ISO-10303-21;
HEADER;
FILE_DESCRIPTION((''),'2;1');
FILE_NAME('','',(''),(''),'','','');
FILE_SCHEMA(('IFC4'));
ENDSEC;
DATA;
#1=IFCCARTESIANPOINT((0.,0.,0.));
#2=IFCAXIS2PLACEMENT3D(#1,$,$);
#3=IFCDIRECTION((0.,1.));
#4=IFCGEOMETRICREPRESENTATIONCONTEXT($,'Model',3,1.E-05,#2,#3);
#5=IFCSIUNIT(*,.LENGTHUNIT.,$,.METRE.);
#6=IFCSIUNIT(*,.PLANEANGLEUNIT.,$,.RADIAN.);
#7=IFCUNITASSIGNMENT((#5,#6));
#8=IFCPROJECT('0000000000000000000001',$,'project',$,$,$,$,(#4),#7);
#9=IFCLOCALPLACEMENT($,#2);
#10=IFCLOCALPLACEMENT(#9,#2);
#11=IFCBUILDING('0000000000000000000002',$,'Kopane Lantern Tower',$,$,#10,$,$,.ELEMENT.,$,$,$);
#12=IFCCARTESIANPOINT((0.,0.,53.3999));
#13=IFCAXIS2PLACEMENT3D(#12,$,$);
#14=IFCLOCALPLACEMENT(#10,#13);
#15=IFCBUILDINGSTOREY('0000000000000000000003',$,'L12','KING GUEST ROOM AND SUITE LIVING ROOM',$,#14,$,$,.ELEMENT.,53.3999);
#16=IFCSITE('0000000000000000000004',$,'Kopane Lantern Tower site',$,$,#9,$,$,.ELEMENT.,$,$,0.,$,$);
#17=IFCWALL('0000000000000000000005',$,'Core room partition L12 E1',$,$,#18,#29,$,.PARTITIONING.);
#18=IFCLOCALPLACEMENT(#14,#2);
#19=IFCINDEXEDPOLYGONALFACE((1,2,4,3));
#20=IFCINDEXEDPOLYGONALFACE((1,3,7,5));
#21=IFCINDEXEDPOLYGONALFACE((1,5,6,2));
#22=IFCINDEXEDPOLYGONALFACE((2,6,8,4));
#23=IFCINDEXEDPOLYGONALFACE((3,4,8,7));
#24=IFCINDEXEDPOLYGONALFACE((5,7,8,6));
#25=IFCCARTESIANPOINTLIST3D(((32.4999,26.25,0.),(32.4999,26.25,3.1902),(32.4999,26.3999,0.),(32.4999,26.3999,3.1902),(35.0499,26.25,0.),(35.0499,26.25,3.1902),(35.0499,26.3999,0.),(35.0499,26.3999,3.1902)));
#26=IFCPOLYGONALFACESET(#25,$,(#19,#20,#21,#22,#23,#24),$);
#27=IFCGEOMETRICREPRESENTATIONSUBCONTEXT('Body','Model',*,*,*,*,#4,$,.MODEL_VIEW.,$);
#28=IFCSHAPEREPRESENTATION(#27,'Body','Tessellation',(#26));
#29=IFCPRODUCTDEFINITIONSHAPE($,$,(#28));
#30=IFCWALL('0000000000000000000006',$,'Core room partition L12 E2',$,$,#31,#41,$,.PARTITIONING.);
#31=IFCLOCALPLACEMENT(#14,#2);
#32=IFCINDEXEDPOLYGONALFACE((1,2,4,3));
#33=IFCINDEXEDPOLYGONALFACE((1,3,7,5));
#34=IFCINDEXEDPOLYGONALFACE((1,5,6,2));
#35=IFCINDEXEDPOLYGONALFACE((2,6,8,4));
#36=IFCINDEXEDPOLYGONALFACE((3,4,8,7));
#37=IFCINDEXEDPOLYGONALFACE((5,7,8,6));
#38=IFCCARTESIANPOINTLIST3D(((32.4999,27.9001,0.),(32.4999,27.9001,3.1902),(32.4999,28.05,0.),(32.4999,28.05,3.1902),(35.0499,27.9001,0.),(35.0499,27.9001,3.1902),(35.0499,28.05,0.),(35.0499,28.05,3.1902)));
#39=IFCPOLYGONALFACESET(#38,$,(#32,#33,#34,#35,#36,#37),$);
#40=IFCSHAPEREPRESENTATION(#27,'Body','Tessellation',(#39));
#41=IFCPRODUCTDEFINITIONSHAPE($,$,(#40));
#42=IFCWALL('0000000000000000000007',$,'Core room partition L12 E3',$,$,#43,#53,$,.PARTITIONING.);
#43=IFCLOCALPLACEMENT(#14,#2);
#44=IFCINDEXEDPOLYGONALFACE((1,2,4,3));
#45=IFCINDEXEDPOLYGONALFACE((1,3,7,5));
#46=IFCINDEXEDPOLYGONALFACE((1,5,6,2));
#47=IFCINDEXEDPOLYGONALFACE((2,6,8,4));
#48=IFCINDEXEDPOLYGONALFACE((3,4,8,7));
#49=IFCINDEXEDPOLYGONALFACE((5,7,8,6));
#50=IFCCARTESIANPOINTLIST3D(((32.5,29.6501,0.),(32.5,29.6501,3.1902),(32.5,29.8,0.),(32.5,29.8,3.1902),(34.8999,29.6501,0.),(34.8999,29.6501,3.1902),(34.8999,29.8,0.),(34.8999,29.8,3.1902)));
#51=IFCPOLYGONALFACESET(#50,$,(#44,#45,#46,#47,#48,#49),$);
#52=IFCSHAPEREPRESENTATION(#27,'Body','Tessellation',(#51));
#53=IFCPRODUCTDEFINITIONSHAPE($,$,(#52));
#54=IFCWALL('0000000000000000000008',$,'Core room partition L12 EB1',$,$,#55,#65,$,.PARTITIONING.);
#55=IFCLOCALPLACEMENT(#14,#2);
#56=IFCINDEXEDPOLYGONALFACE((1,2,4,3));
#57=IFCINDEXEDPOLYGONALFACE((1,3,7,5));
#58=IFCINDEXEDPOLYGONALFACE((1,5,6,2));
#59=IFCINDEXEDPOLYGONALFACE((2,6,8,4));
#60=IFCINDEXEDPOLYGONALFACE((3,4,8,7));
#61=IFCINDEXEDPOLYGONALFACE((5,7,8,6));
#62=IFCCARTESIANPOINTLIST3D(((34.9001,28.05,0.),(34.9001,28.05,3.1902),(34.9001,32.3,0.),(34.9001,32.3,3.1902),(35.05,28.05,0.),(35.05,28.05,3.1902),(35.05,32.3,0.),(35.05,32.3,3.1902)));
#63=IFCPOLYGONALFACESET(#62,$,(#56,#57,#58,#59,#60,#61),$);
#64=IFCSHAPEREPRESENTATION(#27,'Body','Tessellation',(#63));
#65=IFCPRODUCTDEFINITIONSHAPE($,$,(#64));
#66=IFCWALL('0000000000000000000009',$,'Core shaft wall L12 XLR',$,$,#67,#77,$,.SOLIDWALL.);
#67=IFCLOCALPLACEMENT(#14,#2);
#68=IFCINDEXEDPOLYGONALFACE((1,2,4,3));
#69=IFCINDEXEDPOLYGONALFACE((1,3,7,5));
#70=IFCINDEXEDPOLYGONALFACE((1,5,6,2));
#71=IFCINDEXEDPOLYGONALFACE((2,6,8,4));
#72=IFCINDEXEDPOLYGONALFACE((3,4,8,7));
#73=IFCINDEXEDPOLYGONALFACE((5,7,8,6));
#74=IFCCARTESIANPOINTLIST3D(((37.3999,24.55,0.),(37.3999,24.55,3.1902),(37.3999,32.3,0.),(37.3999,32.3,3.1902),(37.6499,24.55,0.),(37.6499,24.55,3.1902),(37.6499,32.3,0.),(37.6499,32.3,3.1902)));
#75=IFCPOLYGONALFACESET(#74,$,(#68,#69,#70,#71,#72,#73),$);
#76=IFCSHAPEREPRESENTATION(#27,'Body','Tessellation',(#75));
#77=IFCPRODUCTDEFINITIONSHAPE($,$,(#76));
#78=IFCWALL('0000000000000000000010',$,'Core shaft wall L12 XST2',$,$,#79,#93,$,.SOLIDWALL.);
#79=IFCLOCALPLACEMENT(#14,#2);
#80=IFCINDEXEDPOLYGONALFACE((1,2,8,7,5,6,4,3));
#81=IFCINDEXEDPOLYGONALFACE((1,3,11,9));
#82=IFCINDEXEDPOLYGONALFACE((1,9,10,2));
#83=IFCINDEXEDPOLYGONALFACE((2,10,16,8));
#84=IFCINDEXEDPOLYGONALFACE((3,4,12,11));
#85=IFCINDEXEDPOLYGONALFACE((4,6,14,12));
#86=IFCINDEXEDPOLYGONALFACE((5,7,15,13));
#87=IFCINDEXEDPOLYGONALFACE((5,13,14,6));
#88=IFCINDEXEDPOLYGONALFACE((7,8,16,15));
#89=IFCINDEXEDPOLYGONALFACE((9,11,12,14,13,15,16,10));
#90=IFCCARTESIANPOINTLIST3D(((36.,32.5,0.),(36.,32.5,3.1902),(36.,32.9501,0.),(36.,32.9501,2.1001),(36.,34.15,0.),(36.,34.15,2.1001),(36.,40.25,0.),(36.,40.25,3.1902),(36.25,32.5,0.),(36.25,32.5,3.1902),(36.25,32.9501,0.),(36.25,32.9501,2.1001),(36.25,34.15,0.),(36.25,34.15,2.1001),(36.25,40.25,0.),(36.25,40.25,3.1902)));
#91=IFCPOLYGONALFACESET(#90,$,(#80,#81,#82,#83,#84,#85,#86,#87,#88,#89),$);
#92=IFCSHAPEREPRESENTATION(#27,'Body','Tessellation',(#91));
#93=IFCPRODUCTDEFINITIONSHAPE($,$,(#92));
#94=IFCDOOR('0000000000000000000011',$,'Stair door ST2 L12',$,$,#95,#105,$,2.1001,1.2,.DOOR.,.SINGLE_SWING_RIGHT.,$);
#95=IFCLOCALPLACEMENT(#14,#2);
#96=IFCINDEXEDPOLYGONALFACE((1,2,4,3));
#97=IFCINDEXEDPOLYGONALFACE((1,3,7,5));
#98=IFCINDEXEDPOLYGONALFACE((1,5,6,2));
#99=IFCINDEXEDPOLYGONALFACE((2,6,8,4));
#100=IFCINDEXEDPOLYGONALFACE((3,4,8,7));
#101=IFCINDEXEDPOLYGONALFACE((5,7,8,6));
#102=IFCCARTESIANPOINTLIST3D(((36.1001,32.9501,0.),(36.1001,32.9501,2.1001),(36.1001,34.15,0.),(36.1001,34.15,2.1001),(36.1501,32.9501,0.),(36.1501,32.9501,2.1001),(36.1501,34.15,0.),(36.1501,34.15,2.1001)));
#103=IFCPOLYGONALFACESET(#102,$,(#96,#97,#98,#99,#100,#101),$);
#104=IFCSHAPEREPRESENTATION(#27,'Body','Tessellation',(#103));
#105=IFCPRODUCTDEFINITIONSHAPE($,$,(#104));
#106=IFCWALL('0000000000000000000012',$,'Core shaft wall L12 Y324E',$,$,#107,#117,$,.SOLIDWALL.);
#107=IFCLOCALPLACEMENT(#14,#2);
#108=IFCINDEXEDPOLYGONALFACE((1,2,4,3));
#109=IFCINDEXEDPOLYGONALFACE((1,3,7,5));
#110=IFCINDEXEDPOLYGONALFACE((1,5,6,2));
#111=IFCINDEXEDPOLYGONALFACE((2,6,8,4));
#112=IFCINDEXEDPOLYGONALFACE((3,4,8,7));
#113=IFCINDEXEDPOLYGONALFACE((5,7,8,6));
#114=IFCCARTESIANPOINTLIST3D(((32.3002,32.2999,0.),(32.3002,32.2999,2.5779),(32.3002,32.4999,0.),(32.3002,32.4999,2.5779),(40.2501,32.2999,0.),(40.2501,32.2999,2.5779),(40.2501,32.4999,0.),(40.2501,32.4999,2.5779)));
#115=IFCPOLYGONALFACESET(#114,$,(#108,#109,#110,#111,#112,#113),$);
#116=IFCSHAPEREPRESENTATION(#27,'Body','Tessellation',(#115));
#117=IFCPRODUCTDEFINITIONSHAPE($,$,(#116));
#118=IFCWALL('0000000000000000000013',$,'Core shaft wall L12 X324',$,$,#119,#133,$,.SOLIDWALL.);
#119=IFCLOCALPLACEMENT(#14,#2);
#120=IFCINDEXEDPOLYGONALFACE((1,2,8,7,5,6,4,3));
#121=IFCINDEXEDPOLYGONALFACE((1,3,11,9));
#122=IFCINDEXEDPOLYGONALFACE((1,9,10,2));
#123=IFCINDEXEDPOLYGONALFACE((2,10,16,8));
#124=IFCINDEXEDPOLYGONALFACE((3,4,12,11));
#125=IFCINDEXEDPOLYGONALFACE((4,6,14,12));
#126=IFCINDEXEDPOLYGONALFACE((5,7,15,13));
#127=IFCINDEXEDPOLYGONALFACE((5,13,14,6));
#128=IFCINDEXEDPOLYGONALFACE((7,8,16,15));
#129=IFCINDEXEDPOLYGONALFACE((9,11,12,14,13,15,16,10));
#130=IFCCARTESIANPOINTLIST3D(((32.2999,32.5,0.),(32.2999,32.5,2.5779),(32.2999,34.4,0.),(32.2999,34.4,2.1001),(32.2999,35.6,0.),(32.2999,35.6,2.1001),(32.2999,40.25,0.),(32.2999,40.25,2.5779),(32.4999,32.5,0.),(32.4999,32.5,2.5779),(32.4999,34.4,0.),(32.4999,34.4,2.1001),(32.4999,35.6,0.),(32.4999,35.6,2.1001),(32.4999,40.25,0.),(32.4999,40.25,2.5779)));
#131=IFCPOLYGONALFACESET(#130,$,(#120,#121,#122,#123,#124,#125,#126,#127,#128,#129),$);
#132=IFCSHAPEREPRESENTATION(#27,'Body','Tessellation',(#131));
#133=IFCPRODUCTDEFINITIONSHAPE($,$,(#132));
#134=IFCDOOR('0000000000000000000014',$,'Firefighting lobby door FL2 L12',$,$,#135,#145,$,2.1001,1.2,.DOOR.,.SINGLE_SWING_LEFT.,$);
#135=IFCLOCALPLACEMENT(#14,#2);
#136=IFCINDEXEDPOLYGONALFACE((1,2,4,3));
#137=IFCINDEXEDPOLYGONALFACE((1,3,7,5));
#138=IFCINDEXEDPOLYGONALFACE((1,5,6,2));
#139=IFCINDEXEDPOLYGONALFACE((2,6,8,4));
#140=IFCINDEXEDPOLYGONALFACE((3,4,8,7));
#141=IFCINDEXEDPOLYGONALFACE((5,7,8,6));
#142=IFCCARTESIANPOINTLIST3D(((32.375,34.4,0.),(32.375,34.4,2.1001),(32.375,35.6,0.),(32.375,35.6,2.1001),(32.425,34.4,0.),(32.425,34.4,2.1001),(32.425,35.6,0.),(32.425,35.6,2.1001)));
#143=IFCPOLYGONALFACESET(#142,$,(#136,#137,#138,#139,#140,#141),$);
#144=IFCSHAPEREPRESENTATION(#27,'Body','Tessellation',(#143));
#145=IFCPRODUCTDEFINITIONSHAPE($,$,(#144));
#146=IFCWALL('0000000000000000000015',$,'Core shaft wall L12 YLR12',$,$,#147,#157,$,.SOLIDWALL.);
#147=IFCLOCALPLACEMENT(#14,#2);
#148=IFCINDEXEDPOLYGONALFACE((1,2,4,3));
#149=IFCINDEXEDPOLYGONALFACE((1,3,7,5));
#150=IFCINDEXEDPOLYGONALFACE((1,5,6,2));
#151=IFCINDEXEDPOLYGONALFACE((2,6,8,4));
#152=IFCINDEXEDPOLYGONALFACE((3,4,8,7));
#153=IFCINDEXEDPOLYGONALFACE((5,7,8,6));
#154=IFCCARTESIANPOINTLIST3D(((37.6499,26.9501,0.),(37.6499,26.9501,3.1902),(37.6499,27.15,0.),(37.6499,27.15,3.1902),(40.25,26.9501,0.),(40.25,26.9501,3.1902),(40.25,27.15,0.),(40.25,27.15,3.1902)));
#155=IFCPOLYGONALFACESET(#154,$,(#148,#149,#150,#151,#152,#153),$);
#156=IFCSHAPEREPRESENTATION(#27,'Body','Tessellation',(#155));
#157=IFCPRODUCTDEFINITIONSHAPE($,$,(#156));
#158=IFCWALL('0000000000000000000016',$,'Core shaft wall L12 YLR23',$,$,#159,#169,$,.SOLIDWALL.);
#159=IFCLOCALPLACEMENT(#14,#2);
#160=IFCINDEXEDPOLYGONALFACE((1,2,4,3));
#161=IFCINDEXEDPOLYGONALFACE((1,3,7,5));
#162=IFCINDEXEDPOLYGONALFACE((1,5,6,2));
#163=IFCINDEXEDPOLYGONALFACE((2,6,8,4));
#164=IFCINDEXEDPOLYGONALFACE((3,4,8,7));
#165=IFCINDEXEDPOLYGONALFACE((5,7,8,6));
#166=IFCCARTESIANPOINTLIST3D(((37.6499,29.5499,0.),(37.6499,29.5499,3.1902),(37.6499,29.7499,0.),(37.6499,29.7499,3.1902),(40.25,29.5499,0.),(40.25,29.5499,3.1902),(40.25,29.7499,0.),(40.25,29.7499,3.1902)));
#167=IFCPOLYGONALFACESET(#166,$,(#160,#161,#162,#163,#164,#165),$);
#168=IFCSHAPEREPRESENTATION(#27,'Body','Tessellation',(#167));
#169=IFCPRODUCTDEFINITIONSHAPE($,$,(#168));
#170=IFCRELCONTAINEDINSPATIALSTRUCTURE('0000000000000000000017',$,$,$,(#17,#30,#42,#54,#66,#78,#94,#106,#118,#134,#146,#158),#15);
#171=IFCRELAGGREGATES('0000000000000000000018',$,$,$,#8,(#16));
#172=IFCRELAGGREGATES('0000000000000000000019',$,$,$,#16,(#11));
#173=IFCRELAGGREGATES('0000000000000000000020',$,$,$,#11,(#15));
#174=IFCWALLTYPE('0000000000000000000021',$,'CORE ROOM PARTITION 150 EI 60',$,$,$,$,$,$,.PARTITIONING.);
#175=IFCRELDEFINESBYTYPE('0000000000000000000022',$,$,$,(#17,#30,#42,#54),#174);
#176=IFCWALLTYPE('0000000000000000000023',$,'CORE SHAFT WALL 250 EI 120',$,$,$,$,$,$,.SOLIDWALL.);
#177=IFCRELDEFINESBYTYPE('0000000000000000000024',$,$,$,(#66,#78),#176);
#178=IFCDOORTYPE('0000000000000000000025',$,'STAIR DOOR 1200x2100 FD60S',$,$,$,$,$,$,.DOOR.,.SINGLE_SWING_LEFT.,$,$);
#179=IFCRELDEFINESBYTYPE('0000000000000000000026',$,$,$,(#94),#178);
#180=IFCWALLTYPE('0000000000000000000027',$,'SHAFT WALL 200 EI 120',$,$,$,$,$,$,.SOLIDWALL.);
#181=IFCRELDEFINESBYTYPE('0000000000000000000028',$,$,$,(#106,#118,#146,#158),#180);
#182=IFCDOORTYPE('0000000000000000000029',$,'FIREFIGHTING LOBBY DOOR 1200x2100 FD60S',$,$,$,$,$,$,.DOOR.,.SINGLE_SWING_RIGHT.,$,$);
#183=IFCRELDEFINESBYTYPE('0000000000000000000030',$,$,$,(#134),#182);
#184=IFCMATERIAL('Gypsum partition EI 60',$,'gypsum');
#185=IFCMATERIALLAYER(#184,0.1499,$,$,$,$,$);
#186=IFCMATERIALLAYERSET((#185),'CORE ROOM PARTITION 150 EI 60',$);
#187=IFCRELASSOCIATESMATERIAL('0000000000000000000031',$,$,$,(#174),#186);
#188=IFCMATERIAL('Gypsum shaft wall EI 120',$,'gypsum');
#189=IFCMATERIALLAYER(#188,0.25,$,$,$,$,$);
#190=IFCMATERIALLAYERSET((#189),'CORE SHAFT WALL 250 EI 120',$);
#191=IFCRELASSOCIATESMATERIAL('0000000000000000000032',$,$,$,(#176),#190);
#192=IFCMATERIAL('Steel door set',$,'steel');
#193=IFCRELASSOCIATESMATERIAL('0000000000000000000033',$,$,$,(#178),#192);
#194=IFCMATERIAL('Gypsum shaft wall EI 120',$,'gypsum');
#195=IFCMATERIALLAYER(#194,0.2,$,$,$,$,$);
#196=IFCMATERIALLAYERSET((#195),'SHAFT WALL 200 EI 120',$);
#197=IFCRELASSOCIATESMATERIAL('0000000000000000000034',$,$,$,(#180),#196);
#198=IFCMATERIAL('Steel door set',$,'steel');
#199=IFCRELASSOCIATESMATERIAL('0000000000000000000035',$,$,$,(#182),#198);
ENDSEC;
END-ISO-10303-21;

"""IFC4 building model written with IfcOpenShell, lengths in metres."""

from ifc_helpers import new_model, si_unit, direction, frame, frame_2d, origin, place, context, subcontext, project, spatial, rectangle, extrude, material, layer, layer_set, type_object, element, fill, save


model = new_model("IFC4")

# Units and contexts
model_context = context("Model", 3, precision=1e-05, world=origin(), true_north=direction((0.0, 1.0)))
body_context = subcontext(model_context, "Body", "Model", "MODEL_VIEW")
ifc_project = project(units=[si_unit("LENGTHUNIT", "METRE"), si_unit("PLANEANGLEUNIT", "RADIAN")], contexts=[model_context])

# Site, building, storey
site_placement = place(None, origin())
site = spatial("IfcSite", under=ifc_project, at=site_placement, Name="Kopane Lantern Tower site", CompositionType="ELEMENT", RefElevation=0.0)
building_placement = place(site_placement, origin())
building = spatial("IfcBuilding", under=site, at=building_placement, Name="Kopane Lantern Tower", CompositionType="ELEMENT")
storey_placement = place(building_placement, frame((0.0, 0.0, 53.3999)))
storey = spatial("IfcBuildingStorey", under=building, at=storey_placement, Name="L12", Description="KING GUEST ROOM AND SUITE LIVING ROOM", CompositionType="ELEMENT", Elevation=53.3999)

# Walls
ifc_material_1 = material(Name="Gypsum partition EI 60", Category="gypsum")
ifc_layer_1 = layer(ifc_material_1, 0.1499)
ifc_layer_set_1 = layer_set([ifc_layer_1], Name="CORE ROOM PARTITION 150 EI 60")
wall_type_1 = type_object("IfcWallType", Name="CORE ROOM PARTITION 150 EI 60", PredefinedType="PARTITIONING", material=ifc_layer_set_1)
for number, where, z_axis, x_axis, name in (
    (1, (32.5, 26.325, 0.0), (0.0, 0.0, 1.0), (1.0, 0.0, 0.0), "Core room partition L12 E1"),
    (2, (32.5, 27.9751, 0.0), (0.0, 0.0, 1.0), (1.0, 0.0, 0.0), "Core room partition L12 E2"),
):
    element("IfcWall", number, at=place(storey_placement, frame(where, z_axis=z_axis, x_axis=x_axis)), inside=storey, type_object=wall_type_1, Name=name, PredefinedType="PARTITIONING", context=body_context, shape_type="SweptSolid", body=[
        extrude(rectangle(XDim=2.55, YDim=0.1499, at=frame_2d((1.2749, 0.0))), origin(), (0.0, 0.0, 1.0), 3.1902),
    ])
wall_1_placement = place(storey_placement, frame((32.5, 29.7251, 0.0), z_axis=(0.0, 0.0, 1.0), x_axis=(1.0, 0.0, 0.0)))
element("IfcWall", 3, at=wall_1_placement, inside=storey, type_object=wall_type_1, Name="Core room partition L12 E3", PredefinedType="PARTITIONING", context=body_context, shape_type="SweptSolid", body=[
    extrude(rectangle(XDim=2.3999, YDim=0.1499, at=frame_2d((1.2, 0.0))), origin(), (0.0, 0.0, 1.0), 3.1902),
])
wall_2_placement = place(storey_placement, frame((34.9751, 28.05, 0.0), z_axis=(0.0, 0.0, 1.0), x_axis=(0.0, 1.0, 0.0)))
element("IfcWall", 4, at=wall_2_placement, inside=storey, type_object=wall_type_1, Name="Core room partition L12 EB1", PredefinedType="PARTITIONING", context=body_context, shape_type="SweptSolid", body=[
    extrude(rectangle(XDim=4.25, YDim=0.1499, at=frame_2d((2.125, 0.0))), origin(), (0.0, 0.0, 1.0), 3.1902),
])
ifc_material_2 = material(Name="Gypsum shaft wall EI 120", Category="gypsum")
ifc_layer_2 = layer(ifc_material_2, 0.25)
ifc_layer_set_2 = layer_set([ifc_layer_2], Name="CORE SHAFT WALL 250 EI 120")
wall_type_2 = type_object("IfcWallType", Name="CORE SHAFT WALL 250 EI 120", PredefinedType="SOLIDWALL", material=ifc_layer_set_2)
wall_3_placement = place(storey_placement, frame((37.5249, 24.55, 0.0), z_axis=(0.0, 0.0, 1.0), x_axis=(0.0, 1.0, 0.0)))
element("IfcWall", 5, at=wall_3_placement, inside=storey, type_object=wall_type_2, Name="Core shaft wall L12 XLR", PredefinedType="SOLIDWALL", context=body_context, shape_type="SweptSolid", body=[
    extrude(rectangle(XDim=7.75, YDim=0.25, at=frame_2d((3.875, 0.0))), origin(), (0.0, 0.0, 1.0), 3.1902),
])

# Wall, opening, door
wall_4_placement = place(storey_placement, frame((36.125, 32.5, 0.0), z_axis=(0.0, 0.0, 1.0), x_axis=(0.0, 1.0, 0.0)))
wall_4 = element("IfcWall", 6, at=wall_4_placement, inside=storey, type_object=wall_type_2, Name="Core shaft wall L12 XST2", PredefinedType="SOLIDWALL", context=body_context, shape_type="SweptSolid", body=[
    extrude(rectangle(XDim=7.75, YDim=0.25, at=frame_2d((3.875, 0.0))), origin(), (0.0, 0.0, 1.0), 3.1902),
])
opening_1_placement = place(wall_4_placement, frame((0.45, 0.0, 0.0)))
opening_1 = element("IfcOpeningElement", 7, at=opening_1_placement, cuts=wall_4, PredefinedType="OPENING", context=body_context, shape_type="SweptSolid", body=[
    extrude(rectangle(XDim=1.2, YDim=2.1001, at=frame_2d((0.6001, 1.05))), frame((0.0, 0.135, 0.0), z_axis=(0.0, -1.0, 0.0), x_axis=(1.0, 0.0, 0.0)), (0.0, 0.0, 1.0), 0.27),
])
ifc_material_3 = material(Name="Steel door set", Category="steel")
door_type_1 = type_object("IfcDoorType", Name="STAIR DOOR 1200x2100 FD60S", OperationType="SINGLE_SWING_LEFT", PredefinedType="DOOR", material=ifc_material_3)
door_1_placement = place(opening_1_placement, origin())
door_1 = element("IfcDoor", 8, at=door_1_placement, inside=storey, type_object=door_type_1, Name="Stair door ST2 L12", OperationType="SINGLE_SWING_RIGHT", OverallHeight=2.1001, OverallWidth=1.2, PredefinedType="DOOR", context=body_context, shape_type="SweptSolid", body=[
    extrude(rectangle(XDim=1.2, YDim=2.1001, at=frame_2d((0.6001, 1.05))), frame((0.0, 0.0249, 0.0), z_axis=(0.0, -1.0, 0.0), x_axis=(1.0, 0.0, 0.0)), (0.0, 0.0, 1.0), 0.05),
])
fill(opening_1, door_1)

# Wall
ifc_material_4 = material(Name="Gypsum shaft wall EI 120", Category="gypsum")
ifc_layer_3 = layer(ifc_material_4, 0.2)
ifc_layer_set_3 = layer_set([ifc_layer_3], Name="SHAFT WALL 200 EI 120")
wall_type_3 = type_object("IfcWallType", Name="SHAFT WALL 200 EI 120", PredefinedType="SOLIDWALL", material=ifc_layer_set_3)
wall_5_placement = place(storey_placement, frame((32.3, 32.3999, 0.0), z_axis=(0.0, 0.0, 1.0), x_axis=(1.0, 0.0, 0.0)))
element("IfcWall", 9, at=wall_5_placement, inside=storey, type_object=wall_type_3, Name="Core shaft wall L12 Y324E", PredefinedType="SOLIDWALL", context=body_context, shape_type="SweptSolid", body=[
    extrude(rectangle(XDim=7.95, YDim=0.2, at=frame_2d((3.9751, 0.0))), origin(), (0.0, 0.0, 1.0), 2.5779),
])

# Wall, opening, door
wall_6_placement = place(storey_placement, frame((32.3999, 32.5, 0.0), z_axis=(0.0, 0.0, 1.0), x_axis=(0.0, 1.0, 0.0)))
wall_6 = element("IfcWall", 10, at=wall_6_placement, inside=storey, type_object=wall_type_3, Name="Core shaft wall L12 X324", PredefinedType="SOLIDWALL", context=body_context, shape_type="SweptSolid", body=[
    extrude(rectangle(XDim=7.75, YDim=0.2, at=frame_2d((3.875, 0.0))), origin(), (0.0, 0.0, 1.0), 2.5779),
])
opening_2_placement = place(wall_6_placement, frame((1.8999, 0.0, 0.0)))
opening_2 = element("IfcOpeningElement", 11, at=opening_2_placement, cuts=wall_6, PredefinedType="OPENING", context=body_context, shape_type="SweptSolid", body=[
    extrude(rectangle(XDim=1.2, YDim=2.1001, at=frame_2d((0.6001, 1.05))), frame((0.0, 0.1099, 0.0), z_axis=(0.0, -1.0, 0.0), x_axis=(1.0, 0.0, 0.0)), (0.0, 0.0, 1.0), 0.22),
])
ifc_material_5 = material(Name="Steel door set", Category="steel")
door_type_2 = type_object("IfcDoorType", Name="FIREFIGHTING LOBBY DOOR 1200x2100 FD60S", OperationType="SINGLE_SWING_RIGHT", PredefinedType="DOOR", material=ifc_material_5)
door_2_placement = place(opening_2_placement, origin())
door_2 = element("IfcDoor", 12, at=door_2_placement, inside=storey, type_object=door_type_2, Name="Firefighting lobby door FL2 L12", OperationType="SINGLE_SWING_LEFT", OverallHeight=2.1001, OverallWidth=1.2, PredefinedType="DOOR", context=body_context, shape_type="SweptSolid", body=[
    extrude(rectangle(XDim=1.2, YDim=2.1001, at=frame_2d((0.6001, 1.05))), frame((0.0, 0.0249, 0.0), z_axis=(0.0, -1.0, 0.0), x_axis=(1.0, 0.0, 0.0)), (0.0, 0.0, 1.0), 0.05),
])
fill(opening_2, door_2)

# Walls
for number, where, z_axis, x_axis, name in (
    (13, (37.6499, 27.05, 0.0), (0.0, 0.0, 1.0), (1.0, 0.0, 0.0), "Core shaft wall L12 YLR12"),
    (14, (37.6499, 29.6499, 0.0), (0.0, 0.0, 1.0), (1.0, 0.0, 0.0), "Core shaft wall L12 YLR23"),
):
    element("IfcWall", number, at=place(storey_placement, frame(where, z_axis=z_axis, x_axis=x_axis)), inside=storey, type_object=wall_type_3, Name=name, PredefinedType="SOLIDWALL", context=body_context, shape_type="SweptSolid", body=[
        extrude(rectangle(XDim=2.6001, YDim=0.2, at=frame_2d((1.3, 0.0))), origin(), (0.0, 0.0, 1.0), 3.1902),
    ])

save(model, "model.ifc")
